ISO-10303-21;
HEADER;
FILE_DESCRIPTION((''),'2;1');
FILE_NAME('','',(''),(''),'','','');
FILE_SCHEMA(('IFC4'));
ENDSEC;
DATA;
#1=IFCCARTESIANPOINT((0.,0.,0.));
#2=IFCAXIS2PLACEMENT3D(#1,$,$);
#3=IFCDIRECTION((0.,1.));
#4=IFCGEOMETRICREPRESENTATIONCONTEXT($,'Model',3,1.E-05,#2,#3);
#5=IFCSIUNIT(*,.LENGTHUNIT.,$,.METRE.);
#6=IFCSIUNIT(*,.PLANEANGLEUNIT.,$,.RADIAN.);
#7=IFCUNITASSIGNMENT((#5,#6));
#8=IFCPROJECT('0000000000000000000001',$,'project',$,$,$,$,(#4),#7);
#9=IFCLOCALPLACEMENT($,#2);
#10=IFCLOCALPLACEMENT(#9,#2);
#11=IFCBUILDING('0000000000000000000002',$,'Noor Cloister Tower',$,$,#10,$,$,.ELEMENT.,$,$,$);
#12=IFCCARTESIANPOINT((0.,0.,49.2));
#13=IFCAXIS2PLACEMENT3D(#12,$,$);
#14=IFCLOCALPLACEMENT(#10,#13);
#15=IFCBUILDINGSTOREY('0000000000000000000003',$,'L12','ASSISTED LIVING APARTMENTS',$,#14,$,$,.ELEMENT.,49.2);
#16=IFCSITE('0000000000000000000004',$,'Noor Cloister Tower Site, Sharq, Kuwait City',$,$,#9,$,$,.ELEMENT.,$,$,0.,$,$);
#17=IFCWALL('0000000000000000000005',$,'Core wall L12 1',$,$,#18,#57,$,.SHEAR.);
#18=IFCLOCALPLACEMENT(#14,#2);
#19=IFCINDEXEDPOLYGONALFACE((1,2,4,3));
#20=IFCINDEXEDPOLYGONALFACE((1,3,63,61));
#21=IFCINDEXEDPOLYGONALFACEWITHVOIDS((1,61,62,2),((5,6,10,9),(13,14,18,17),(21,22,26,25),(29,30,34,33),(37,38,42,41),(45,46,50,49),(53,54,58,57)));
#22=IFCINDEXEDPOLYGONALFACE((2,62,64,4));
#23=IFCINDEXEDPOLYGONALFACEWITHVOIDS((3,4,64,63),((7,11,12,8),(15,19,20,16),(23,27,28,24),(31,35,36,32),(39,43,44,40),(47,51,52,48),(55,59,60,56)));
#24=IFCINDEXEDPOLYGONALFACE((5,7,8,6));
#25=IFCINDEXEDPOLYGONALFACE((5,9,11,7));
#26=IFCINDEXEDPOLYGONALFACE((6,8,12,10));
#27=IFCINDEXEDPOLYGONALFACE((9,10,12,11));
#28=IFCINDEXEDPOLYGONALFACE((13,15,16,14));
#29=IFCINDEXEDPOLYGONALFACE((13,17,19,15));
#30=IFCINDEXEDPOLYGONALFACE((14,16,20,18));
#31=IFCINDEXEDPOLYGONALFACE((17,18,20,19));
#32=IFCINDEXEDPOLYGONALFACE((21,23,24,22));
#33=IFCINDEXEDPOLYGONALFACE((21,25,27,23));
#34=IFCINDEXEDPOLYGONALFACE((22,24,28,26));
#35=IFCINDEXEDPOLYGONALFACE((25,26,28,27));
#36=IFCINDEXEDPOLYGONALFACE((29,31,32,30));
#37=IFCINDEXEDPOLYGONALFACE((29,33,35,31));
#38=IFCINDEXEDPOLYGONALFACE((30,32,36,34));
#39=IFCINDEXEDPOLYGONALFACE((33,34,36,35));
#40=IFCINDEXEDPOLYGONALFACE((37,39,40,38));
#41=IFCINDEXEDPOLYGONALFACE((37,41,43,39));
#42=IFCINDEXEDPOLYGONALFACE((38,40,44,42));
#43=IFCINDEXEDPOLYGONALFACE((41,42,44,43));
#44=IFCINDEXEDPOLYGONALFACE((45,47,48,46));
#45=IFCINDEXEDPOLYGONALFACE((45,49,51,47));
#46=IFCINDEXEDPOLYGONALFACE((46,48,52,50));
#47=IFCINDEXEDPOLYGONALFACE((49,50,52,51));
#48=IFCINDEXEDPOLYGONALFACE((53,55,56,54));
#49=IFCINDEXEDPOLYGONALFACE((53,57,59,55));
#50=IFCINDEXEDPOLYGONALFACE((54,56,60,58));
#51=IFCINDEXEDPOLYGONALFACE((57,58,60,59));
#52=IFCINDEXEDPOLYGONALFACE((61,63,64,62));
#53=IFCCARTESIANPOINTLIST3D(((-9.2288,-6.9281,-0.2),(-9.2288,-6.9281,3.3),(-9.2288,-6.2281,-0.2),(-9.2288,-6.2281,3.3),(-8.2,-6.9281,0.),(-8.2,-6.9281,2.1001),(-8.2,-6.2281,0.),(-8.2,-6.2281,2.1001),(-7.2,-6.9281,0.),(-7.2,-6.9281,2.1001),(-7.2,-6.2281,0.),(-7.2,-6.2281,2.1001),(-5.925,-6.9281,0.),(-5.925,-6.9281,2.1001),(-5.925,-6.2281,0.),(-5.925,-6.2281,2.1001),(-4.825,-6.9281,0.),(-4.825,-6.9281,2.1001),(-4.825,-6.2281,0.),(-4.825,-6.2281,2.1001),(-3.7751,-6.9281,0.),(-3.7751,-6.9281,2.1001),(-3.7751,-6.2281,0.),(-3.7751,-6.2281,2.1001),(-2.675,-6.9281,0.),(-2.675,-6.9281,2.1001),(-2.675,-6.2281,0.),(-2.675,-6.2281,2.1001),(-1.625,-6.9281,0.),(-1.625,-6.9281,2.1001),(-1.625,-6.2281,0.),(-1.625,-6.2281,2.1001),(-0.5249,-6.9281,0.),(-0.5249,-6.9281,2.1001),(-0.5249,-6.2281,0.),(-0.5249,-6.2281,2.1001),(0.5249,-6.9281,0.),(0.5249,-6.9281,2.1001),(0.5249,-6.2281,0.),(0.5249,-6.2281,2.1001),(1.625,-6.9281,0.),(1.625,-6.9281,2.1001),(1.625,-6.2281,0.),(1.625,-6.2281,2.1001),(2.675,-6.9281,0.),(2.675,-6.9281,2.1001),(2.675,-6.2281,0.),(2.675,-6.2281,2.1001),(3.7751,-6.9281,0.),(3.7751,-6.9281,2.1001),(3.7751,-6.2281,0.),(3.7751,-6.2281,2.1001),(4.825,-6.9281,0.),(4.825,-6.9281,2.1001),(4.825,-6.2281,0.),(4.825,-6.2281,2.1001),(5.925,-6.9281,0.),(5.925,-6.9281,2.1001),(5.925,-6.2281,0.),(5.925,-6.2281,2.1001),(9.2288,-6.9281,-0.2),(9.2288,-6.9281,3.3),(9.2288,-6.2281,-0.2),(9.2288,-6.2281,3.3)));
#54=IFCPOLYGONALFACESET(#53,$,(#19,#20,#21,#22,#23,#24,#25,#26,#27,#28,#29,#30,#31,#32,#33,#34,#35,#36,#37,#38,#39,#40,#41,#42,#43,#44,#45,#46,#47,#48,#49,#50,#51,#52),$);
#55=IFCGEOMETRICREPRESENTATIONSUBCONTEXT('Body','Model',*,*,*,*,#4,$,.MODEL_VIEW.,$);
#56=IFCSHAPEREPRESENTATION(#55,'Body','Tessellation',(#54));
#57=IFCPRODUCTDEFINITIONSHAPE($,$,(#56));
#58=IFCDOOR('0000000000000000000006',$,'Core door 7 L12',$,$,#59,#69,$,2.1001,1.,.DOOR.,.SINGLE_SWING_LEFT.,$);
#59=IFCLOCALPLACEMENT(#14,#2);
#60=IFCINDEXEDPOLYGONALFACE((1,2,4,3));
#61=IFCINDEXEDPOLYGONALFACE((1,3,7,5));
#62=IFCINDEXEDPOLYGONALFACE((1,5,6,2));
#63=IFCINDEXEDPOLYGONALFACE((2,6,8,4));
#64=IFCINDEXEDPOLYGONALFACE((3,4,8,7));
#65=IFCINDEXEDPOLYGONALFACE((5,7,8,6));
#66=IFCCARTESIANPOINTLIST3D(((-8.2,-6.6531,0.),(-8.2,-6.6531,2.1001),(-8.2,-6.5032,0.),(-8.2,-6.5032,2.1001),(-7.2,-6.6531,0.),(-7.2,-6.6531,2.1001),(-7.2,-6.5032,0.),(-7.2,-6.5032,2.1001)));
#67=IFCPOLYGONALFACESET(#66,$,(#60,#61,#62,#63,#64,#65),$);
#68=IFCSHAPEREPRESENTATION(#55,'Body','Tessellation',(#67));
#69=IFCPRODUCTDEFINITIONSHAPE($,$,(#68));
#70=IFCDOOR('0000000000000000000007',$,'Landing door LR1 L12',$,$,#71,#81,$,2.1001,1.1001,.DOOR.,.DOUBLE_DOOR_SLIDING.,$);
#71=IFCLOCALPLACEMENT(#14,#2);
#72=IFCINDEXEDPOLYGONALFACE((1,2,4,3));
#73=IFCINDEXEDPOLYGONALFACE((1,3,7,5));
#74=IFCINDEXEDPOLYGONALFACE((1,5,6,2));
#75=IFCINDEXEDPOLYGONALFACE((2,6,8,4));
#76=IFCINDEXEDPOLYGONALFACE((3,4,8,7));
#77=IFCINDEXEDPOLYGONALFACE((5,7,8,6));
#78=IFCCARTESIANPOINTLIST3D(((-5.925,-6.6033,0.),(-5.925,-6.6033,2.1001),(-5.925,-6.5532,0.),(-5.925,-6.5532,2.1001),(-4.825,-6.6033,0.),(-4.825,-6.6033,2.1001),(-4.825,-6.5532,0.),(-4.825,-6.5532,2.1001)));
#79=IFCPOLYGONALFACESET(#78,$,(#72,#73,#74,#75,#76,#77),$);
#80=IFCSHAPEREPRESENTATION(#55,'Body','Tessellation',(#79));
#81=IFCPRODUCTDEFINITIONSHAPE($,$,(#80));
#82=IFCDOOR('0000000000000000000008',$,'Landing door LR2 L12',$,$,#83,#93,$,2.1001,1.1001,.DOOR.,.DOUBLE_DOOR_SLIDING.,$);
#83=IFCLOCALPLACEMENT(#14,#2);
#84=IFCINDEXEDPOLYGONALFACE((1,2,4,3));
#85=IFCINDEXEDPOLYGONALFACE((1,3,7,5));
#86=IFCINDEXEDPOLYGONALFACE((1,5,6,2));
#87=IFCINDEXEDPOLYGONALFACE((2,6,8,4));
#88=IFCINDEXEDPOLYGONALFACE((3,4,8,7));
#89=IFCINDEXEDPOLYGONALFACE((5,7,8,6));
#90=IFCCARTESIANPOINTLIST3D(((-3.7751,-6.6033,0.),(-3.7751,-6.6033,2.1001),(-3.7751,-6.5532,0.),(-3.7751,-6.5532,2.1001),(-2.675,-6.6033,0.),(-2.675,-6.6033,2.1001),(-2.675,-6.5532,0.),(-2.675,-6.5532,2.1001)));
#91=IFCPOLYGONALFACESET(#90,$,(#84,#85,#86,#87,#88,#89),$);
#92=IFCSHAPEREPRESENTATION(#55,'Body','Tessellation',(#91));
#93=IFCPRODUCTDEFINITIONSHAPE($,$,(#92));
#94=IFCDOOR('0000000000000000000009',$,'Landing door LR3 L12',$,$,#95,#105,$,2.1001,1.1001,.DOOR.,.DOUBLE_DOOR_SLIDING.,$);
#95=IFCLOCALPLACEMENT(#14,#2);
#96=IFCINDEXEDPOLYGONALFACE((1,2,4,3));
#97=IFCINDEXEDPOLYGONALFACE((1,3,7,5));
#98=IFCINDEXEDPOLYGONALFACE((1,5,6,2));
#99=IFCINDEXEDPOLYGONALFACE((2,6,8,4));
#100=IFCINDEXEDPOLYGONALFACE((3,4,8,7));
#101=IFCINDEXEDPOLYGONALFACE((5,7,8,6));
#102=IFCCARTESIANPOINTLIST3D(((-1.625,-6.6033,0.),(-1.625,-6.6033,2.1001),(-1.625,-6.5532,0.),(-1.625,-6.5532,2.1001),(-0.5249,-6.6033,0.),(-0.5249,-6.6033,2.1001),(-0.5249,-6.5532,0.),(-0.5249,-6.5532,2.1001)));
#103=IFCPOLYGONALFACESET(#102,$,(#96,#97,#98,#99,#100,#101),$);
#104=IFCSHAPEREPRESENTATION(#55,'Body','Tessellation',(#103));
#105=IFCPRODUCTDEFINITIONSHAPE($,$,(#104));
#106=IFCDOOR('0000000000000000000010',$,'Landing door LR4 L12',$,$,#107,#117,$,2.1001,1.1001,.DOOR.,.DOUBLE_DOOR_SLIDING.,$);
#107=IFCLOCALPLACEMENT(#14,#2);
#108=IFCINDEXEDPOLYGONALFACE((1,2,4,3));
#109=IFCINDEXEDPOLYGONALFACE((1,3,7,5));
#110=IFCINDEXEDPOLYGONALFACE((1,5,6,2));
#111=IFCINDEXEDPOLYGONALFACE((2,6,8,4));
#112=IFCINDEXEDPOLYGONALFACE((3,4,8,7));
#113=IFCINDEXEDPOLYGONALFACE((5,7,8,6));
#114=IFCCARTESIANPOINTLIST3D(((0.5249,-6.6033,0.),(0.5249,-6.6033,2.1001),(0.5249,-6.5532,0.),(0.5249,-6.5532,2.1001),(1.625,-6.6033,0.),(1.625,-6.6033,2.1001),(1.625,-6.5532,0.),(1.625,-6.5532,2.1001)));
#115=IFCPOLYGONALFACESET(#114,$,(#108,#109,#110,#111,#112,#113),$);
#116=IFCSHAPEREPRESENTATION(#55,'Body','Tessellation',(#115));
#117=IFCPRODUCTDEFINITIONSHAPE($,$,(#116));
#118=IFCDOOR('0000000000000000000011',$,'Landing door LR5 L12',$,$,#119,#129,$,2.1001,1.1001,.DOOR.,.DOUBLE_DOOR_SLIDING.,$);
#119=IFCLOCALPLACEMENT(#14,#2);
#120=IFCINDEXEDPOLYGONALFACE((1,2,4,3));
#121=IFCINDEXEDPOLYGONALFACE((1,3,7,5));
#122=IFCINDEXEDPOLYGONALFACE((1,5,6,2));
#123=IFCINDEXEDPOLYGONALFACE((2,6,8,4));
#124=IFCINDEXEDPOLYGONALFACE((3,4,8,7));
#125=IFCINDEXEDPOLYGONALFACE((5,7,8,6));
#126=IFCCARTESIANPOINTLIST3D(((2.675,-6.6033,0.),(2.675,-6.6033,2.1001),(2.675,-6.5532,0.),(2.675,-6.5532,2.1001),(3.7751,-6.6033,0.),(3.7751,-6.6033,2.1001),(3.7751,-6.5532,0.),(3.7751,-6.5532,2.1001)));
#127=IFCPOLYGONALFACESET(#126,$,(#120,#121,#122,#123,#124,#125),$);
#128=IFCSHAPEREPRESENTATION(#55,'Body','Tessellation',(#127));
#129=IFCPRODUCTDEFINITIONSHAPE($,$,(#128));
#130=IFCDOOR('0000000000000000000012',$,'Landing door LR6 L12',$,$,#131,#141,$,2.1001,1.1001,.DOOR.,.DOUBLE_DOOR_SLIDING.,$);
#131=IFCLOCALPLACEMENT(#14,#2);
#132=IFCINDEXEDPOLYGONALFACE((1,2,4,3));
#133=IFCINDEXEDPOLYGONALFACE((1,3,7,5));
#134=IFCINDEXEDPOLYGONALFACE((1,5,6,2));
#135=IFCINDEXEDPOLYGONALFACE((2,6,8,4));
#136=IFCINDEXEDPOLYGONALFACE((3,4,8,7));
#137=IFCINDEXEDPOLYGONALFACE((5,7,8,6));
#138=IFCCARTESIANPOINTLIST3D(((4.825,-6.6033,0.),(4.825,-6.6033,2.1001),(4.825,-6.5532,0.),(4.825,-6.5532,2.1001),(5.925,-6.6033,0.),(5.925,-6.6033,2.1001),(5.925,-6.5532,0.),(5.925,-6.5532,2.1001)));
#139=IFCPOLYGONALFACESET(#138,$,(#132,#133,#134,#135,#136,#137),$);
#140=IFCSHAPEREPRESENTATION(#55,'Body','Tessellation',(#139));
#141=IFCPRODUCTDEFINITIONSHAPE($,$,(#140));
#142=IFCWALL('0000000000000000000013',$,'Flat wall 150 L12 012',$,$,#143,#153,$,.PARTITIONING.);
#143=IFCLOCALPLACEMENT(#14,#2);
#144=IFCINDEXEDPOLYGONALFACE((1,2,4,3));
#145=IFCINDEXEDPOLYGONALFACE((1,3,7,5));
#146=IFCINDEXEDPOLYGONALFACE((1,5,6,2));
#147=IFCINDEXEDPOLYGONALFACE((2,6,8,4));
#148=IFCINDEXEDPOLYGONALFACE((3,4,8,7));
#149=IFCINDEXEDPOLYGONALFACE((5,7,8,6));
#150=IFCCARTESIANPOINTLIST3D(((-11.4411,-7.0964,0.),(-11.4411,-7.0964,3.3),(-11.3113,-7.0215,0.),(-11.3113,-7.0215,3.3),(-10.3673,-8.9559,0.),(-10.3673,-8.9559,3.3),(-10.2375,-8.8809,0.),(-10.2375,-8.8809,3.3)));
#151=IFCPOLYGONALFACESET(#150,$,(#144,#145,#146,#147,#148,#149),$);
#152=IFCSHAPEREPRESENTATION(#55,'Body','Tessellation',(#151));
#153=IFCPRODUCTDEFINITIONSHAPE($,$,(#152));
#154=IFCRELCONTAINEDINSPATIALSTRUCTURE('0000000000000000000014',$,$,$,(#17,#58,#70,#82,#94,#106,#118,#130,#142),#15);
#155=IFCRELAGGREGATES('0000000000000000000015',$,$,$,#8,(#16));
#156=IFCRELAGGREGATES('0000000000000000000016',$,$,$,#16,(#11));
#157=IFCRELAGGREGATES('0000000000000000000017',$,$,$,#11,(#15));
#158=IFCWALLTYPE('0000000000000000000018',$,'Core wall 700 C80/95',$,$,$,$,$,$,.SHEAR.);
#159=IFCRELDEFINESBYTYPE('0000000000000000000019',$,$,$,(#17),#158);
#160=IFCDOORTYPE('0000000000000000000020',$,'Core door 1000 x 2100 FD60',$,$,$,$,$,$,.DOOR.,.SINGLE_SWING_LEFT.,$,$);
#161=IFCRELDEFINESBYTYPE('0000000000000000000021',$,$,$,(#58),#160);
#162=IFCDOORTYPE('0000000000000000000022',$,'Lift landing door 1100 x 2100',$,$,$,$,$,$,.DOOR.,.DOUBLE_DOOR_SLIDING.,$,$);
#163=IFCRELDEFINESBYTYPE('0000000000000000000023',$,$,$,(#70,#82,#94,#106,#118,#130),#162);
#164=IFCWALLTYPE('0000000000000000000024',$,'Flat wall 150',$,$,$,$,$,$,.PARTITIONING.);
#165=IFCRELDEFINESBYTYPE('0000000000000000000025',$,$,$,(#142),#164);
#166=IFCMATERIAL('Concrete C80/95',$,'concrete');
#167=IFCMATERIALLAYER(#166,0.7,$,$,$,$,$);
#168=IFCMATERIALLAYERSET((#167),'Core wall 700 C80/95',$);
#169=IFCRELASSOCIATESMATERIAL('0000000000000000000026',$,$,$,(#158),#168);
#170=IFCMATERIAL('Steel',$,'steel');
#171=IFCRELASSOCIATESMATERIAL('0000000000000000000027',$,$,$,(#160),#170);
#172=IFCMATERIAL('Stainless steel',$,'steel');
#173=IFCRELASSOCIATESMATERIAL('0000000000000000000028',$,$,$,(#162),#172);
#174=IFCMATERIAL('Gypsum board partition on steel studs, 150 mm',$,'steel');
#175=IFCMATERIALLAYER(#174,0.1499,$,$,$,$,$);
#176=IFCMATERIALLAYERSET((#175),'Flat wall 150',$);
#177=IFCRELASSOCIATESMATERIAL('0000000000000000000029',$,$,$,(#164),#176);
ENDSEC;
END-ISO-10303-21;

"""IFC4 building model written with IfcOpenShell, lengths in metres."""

from ifc_helpers import new_model, si_unit, direction, frame, frame_2d, origin, place, context, subcontext, project, spatial, rectangle, extrude, material, layer, layer_set, type_object, element, fill, save


model = new_model("IFC4")

# Units and contexts
model_context = context("Model", 3, precision=1e-05, world=origin(), true_north=direction((0.0, 1.0)))
body_context = subcontext(model_context, "Body", "Model", "MODEL_VIEW")
ifc_project = project(units=[si_unit("LENGTHUNIT", "METRE"), si_unit("PLANEANGLEUNIT", "RADIAN")], contexts=[model_context])

# Site, building, storey
site_placement = place(None, origin())
site = spatial("IfcSite", under=ifc_project, at=site_placement, Name="Noor Cloister Tower Site, Sharq, Kuwait City", CompositionType="ELEMENT", RefElevation=0.0)
building_placement = place(site_placement, origin())
building = spatial("IfcBuilding", under=site, at=building_placement, Name="Noor Cloister Tower", CompositionType="ELEMENT")
storey_placement = place(building_placement, frame((0.0, 0.0, 49.2)))
storey = spatial("IfcBuildingStorey", under=building, at=storey_placement, Name="L12", Description="ASSISTED LIVING APARTMENTS", CompositionType="ELEMENT", Elevation=49.2)

# Wall, openings, doors
ifc_material_1 = material(Name="Concrete C80/95", Category="concrete")
ifc_layer_1 = layer(ifc_material_1, 0.7)
ifc_layer_set_1 = layer_set([ifc_layer_1], Name="Core wall 700 C80/95")
wall_type_1 = type_object("IfcWallType", Name="Core wall 700 C80/95", PredefinedType="SHEAR", material=ifc_layer_set_1)
wall_1_placement = place(storey_placement, frame((-9.2288, -6.5781, -0.2), z_axis=(0.0, 0.0, 1.0), x_axis=(1.0, 0.0, 0.0)))
wall_1 = element("IfcWall", 1, at=wall_1_placement, inside=storey, type_object=wall_type_1, Name="Core wall L12 1", PredefinedType="SHEAR", context=body_context, shape_type="SweptSolid", body=[
    extrude(rectangle(XDim=18.4575, YDim=0.7, at=frame_2d((9.2288, 0.0))), origin(), (0.0, 0.0, 1.0), 3.5),
])
opening_1_placement = place(wall_1_placement, frame((3.3037, 0.0, 0.2)))
opening_1 = element("IfcOpeningElement", 2, at=opening_1_placement, cuts=wall_1, PredefinedType="OPENING", context=body_context, shape_type="SweptSolid", body=[
    extrude(rectangle(XDim=1.1001, YDim=2.1001, at=frame_2d((0.55, 1.05))), frame((0.0, 0.3599, 0.0), z_axis=(0.0, -1.0, 0.0), x_axis=(1.0, 0.0, 0.0)), (0.0, 0.0, 1.0), 0.72),
])
opening_2_placement = place(wall_1_placement, frame((5.4536, 0.0, 0.2)))
opening_2 = element("IfcOpeningElement", 3, at=opening_2_placement, cuts=wall_1, PredefinedType="OPENING", context=body_context, shape_type="SweptSolid", body=[
    extrude(rectangle(XDim=1.1001, YDim=2.1001, at=frame_2d((0.55, 1.05))), frame((0.0, 0.3599, 0.0), z_axis=(0.0, -1.0, 0.0), x_axis=(1.0, 0.0, 0.0)), (0.0, 0.0, 1.0), 0.72),
])
opening_3_placement = place(wall_1_placement, frame((7.6038, 0.0, 0.2)))
opening_3 = element("IfcOpeningElement", 4, at=opening_3_placement, cuts=wall_1, PredefinedType="OPENING", context=body_context, shape_type="SweptSolid", body=[
    extrude(rectangle(XDim=1.1001, YDim=2.1001, at=frame_2d((0.55, 1.05))), frame((0.0, 0.3599, 0.0), z_axis=(0.0, -1.0, 0.0), x_axis=(1.0, 0.0, 0.0)), (0.0, 0.0, 1.0), 0.72),
])
opening_4_placement = place(wall_1_placement, frame((9.7537, 0.0, 0.2)))
opening_4 = element("IfcOpeningElement", 5, at=opening_4_placement, cuts=wall_1, PredefinedType="OPENING", context=body_context, shape_type="SweptSolid", body=[
    extrude(rectangle(XDim=1.1001, YDim=2.1001, at=frame_2d((0.55, 1.05))), frame((0.0, 0.3599, 0.0), z_axis=(0.0, -1.0, 0.0), x_axis=(1.0, 0.0, 0.0)), (0.0, 0.0, 1.0), 0.72),
])
opening_5_placement = place(wall_1_placement, frame((11.9038, 0.0, 0.2)))
opening_5 = element("IfcOpeningElement", 6, at=opening_5_placement, cuts=wall_1, PredefinedType="OPENING", context=body_context, shape_type="SweptSolid", body=[
    extrude(rectangle(XDim=1.1001, YDim=2.1001, at=frame_2d((0.55, 1.05))), frame((0.0, 0.3599, 0.0), z_axis=(0.0, -1.0, 0.0), x_axis=(1.0, 0.0, 0.0)), (0.0, 0.0, 1.0), 0.72),
])
opening_6_placement = place(wall_1_placement, frame((14.0537, 0.0, 0.2)))
opening_6 = element("IfcOpeningElement", 7, at=opening_6_placement, cuts=wall_1, PredefinedType="OPENING", context=body_context, shape_type="SweptSolid", body=[
    extrude(rectangle(XDim=1.1001, YDim=2.1001, at=frame_2d((0.55, 1.05))), frame((0.0, 0.3599, 0.0), z_axis=(0.0, -1.0, 0.0), x_axis=(1.0, 0.0, 0.0)), (0.0, 0.0, 1.0), 0.72),
])
opening_7_placement = place(wall_1_placement, frame((1.0288, 0.0, 0.2)))
opening_7 = element("IfcOpeningElement", 8, at=opening_7_placement, cuts=wall_1, PredefinedType="OPENING", context=body_context, shape_type="SweptSolid", body=[
    extrude(rectangle(XDim=1.0, YDim=2.1001, at=frame_2d((0.5, 1.05))), frame((0.0, 0.3599, 0.0), z_axis=(0.0, -1.0, 0.0), x_axis=(1.0, 0.0, 0.0)), (0.0, 0.0, 1.0), 0.72),
])
ifc_material_2 = material(Name="Steel", Category="steel")
door_type_1 = type_object("IfcDoorType", Name="Core door 1000 x 2100 FD60", OperationType="SINGLE_SWING_LEFT", PredefinedType="DOOR", material=ifc_material_2)
door_1_placement = place(opening_7_placement, origin())
door_1 = element("IfcDoor", 9, at=door_1_placement, inside=storey, type_object=door_type_1, Name="Core door 7 L12", OperationType="SINGLE_SWING_LEFT", OverallHeight=2.1001, OverallWidth=1.0, PredefinedType="DOOR", context=body_context, shape_type="SweptSolid", body=[
    extrude(rectangle(XDim=1.0, YDim=2.1001, at=frame_2d((0.5, 1.05))), frame((0.0, 0.075, 0.0), z_axis=(0.0, -1.0, 0.0), x_axis=(1.0, 0.0, 0.0)), (0.0, 0.0, 1.0), 0.1499),
])
fill(opening_7, door_1)
ifc_material_3 = material(Name="Stainless steel", Category="steel")
door_type_2 = type_object("IfcDoorType", Name="Lift landing door 1100 x 2100", OperationType="DOUBLE_DOOR_SLIDING", PredefinedType="DOOR", material=ifc_material_3)
door_2_placement = place(opening_1_placement, origin())
door_2 = element("IfcDoor", 10, at=door_2_placement, inside=storey, type_object=door_type_2, Name="Landing door LR1 L12", OperationType="DOUBLE_DOOR_SLIDING", OverallHeight=2.1001, OverallWidth=1.1001, PredefinedType="DOOR", context=body_context, shape_type="SweptSolid", body=[
    extrude(rectangle(XDim=1.1001, YDim=2.1001, at=frame_2d((0.55, 1.05))), frame((0.0, 0.0249, 0.0), z_axis=(0.0, -1.0, 0.0), x_axis=(1.0, 0.0, 0.0)), (0.0, 0.0, 1.0), 0.05),
])
fill(opening_1, door_2)
door_3_placement = place(opening_2_placement, origin())
door_3 = element("IfcDoor", 11, at=door_3_placement, inside=storey, type_object=door_type_2, Name="Landing door LR2 L12", OperationType="DOUBLE_DOOR_SLIDING", OverallHeight=2.1001, OverallWidth=1.1001, PredefinedType="DOOR", context=body_context, shape_type="SweptSolid", body=[
    extrude(rectangle(XDim=1.1001, YDim=2.1001, at=frame_2d((0.55, 1.05))), frame((0.0, 0.0249, 0.0), z_axis=(0.0, -1.0, 0.0), x_axis=(1.0, 0.0, 0.0)), (0.0, 0.0, 1.0), 0.05),
])
fill(opening_2, door_3)
door_4_placement = place(opening_3_placement, origin())
door_4 = element("IfcDoor", 12, at=door_4_placement, inside=storey, type_object=door_type_2, Name="Landing door LR3 L12", OperationType="DOUBLE_DOOR_SLIDING", OverallHeight=2.1001, OverallWidth=1.1001, PredefinedType="DOOR", context=body_context, shape_type="SweptSolid", body=[
    extrude(rectangle(XDim=1.1001, YDim=2.1001, at=frame_2d((0.55, 1.05))), frame((0.0, 0.0249, 0.0), z_axis=(0.0, -1.0, 0.0), x_axis=(1.0, 0.0, 0.0)), (0.0, 0.0, 1.0), 0.05),
])
fill(opening_3, door_4)
door_5_placement = place(opening_4_placement, origin())
door_5 = element("IfcDoor", 13, at=door_5_placement, inside=storey, type_object=door_type_2, Name="Landing door LR4 L12", OperationType="DOUBLE_DOOR_SLIDING", OverallHeight=2.1001, OverallWidth=1.1001, PredefinedType="DOOR", context=body_context, shape_type="SweptSolid", body=[
    extrude(rectangle(XDim=1.1001, YDim=2.1001, at=frame_2d((0.55, 1.05))), frame((0.0, 0.0249, 0.0), z_axis=(0.0, -1.0, 0.0), x_axis=(1.0, 0.0, 0.0)), (0.0, 0.0, 1.0), 0.05),
])
fill(opening_4, door_5)
door_6_placement = place(opening_5_placement, origin())
door_6 = element("IfcDoor", 14, at=door_6_placement, inside=storey, type_object=door_type_2, Name="Landing door LR5 L12", OperationType="DOUBLE_DOOR_SLIDING", OverallHeight=2.1001, OverallWidth=1.1001, PredefinedType="DOOR", context=body_context, shape_type="SweptSolid", body=[
    extrude(rectangle(XDim=1.1001, YDim=2.1001, at=frame_2d((0.55, 1.05))), frame((0.0, 0.0249, 0.0), z_axis=(0.0, -1.0, 0.0), x_axis=(1.0, 0.0, 0.0)), (0.0, 0.0, 1.0), 0.05),
])
fill(opening_5, door_6)
door_7_placement = place(opening_6_placement, origin())
door_7 = element("IfcDoor", 15, at=door_7_placement, inside=storey, type_object=door_type_2, Name="Landing door LR6 L12", OperationType="DOUBLE_DOOR_SLIDING", OverallHeight=2.1001, OverallWidth=1.1001, PredefinedType="DOOR", context=body_context, shape_type="SweptSolid", body=[
    extrude(rectangle(XDim=1.1001, YDim=2.1001, at=frame_2d((0.55, 1.05))), frame((0.0, 0.0249, 0.0), z_axis=(0.0, -1.0, 0.0), x_axis=(1.0, 0.0, 0.0)), (0.0, 0.0, 1.0), 0.05),
])
fill(opening_6, door_7)

# Wall
ifc_material_4 = material(Name="Gypsum board partition on steel studs, 150 mm", Category="steel")
ifc_layer_2 = layer(ifc_material_4, 0.1499)
ifc_layer_set_2 = layer_set([ifc_layer_2], Name="Flat wall 150")
wall_type_2 = type_object("IfcWallType", Name="Flat wall 150", PredefinedType="PARTITIONING", material=ifc_layer_set_2)
wall_2_placement = place(storey_placement, frame((-11.3762, -7.0588, 0.0), z_axis=(0.0, 0.0, 1.0), x_axis=(0.500077, -0.865981, 0.0)))
element("IfcWall", 16, at=wall_2_placement, inside=storey, type_object=wall_type_2, Name="Flat wall 150 L12 012", PredefinedType="PARTITIONING", context=body_context, shape_type="SweptSolid", body=[
    extrude(rectangle(XDim=2.1472, YDim=0.1499, at=frame_2d((1.0737, 0.0))), origin(), (0.0, 0.0, 1.0), 3.3),
])

save(model, "model.ifc")
